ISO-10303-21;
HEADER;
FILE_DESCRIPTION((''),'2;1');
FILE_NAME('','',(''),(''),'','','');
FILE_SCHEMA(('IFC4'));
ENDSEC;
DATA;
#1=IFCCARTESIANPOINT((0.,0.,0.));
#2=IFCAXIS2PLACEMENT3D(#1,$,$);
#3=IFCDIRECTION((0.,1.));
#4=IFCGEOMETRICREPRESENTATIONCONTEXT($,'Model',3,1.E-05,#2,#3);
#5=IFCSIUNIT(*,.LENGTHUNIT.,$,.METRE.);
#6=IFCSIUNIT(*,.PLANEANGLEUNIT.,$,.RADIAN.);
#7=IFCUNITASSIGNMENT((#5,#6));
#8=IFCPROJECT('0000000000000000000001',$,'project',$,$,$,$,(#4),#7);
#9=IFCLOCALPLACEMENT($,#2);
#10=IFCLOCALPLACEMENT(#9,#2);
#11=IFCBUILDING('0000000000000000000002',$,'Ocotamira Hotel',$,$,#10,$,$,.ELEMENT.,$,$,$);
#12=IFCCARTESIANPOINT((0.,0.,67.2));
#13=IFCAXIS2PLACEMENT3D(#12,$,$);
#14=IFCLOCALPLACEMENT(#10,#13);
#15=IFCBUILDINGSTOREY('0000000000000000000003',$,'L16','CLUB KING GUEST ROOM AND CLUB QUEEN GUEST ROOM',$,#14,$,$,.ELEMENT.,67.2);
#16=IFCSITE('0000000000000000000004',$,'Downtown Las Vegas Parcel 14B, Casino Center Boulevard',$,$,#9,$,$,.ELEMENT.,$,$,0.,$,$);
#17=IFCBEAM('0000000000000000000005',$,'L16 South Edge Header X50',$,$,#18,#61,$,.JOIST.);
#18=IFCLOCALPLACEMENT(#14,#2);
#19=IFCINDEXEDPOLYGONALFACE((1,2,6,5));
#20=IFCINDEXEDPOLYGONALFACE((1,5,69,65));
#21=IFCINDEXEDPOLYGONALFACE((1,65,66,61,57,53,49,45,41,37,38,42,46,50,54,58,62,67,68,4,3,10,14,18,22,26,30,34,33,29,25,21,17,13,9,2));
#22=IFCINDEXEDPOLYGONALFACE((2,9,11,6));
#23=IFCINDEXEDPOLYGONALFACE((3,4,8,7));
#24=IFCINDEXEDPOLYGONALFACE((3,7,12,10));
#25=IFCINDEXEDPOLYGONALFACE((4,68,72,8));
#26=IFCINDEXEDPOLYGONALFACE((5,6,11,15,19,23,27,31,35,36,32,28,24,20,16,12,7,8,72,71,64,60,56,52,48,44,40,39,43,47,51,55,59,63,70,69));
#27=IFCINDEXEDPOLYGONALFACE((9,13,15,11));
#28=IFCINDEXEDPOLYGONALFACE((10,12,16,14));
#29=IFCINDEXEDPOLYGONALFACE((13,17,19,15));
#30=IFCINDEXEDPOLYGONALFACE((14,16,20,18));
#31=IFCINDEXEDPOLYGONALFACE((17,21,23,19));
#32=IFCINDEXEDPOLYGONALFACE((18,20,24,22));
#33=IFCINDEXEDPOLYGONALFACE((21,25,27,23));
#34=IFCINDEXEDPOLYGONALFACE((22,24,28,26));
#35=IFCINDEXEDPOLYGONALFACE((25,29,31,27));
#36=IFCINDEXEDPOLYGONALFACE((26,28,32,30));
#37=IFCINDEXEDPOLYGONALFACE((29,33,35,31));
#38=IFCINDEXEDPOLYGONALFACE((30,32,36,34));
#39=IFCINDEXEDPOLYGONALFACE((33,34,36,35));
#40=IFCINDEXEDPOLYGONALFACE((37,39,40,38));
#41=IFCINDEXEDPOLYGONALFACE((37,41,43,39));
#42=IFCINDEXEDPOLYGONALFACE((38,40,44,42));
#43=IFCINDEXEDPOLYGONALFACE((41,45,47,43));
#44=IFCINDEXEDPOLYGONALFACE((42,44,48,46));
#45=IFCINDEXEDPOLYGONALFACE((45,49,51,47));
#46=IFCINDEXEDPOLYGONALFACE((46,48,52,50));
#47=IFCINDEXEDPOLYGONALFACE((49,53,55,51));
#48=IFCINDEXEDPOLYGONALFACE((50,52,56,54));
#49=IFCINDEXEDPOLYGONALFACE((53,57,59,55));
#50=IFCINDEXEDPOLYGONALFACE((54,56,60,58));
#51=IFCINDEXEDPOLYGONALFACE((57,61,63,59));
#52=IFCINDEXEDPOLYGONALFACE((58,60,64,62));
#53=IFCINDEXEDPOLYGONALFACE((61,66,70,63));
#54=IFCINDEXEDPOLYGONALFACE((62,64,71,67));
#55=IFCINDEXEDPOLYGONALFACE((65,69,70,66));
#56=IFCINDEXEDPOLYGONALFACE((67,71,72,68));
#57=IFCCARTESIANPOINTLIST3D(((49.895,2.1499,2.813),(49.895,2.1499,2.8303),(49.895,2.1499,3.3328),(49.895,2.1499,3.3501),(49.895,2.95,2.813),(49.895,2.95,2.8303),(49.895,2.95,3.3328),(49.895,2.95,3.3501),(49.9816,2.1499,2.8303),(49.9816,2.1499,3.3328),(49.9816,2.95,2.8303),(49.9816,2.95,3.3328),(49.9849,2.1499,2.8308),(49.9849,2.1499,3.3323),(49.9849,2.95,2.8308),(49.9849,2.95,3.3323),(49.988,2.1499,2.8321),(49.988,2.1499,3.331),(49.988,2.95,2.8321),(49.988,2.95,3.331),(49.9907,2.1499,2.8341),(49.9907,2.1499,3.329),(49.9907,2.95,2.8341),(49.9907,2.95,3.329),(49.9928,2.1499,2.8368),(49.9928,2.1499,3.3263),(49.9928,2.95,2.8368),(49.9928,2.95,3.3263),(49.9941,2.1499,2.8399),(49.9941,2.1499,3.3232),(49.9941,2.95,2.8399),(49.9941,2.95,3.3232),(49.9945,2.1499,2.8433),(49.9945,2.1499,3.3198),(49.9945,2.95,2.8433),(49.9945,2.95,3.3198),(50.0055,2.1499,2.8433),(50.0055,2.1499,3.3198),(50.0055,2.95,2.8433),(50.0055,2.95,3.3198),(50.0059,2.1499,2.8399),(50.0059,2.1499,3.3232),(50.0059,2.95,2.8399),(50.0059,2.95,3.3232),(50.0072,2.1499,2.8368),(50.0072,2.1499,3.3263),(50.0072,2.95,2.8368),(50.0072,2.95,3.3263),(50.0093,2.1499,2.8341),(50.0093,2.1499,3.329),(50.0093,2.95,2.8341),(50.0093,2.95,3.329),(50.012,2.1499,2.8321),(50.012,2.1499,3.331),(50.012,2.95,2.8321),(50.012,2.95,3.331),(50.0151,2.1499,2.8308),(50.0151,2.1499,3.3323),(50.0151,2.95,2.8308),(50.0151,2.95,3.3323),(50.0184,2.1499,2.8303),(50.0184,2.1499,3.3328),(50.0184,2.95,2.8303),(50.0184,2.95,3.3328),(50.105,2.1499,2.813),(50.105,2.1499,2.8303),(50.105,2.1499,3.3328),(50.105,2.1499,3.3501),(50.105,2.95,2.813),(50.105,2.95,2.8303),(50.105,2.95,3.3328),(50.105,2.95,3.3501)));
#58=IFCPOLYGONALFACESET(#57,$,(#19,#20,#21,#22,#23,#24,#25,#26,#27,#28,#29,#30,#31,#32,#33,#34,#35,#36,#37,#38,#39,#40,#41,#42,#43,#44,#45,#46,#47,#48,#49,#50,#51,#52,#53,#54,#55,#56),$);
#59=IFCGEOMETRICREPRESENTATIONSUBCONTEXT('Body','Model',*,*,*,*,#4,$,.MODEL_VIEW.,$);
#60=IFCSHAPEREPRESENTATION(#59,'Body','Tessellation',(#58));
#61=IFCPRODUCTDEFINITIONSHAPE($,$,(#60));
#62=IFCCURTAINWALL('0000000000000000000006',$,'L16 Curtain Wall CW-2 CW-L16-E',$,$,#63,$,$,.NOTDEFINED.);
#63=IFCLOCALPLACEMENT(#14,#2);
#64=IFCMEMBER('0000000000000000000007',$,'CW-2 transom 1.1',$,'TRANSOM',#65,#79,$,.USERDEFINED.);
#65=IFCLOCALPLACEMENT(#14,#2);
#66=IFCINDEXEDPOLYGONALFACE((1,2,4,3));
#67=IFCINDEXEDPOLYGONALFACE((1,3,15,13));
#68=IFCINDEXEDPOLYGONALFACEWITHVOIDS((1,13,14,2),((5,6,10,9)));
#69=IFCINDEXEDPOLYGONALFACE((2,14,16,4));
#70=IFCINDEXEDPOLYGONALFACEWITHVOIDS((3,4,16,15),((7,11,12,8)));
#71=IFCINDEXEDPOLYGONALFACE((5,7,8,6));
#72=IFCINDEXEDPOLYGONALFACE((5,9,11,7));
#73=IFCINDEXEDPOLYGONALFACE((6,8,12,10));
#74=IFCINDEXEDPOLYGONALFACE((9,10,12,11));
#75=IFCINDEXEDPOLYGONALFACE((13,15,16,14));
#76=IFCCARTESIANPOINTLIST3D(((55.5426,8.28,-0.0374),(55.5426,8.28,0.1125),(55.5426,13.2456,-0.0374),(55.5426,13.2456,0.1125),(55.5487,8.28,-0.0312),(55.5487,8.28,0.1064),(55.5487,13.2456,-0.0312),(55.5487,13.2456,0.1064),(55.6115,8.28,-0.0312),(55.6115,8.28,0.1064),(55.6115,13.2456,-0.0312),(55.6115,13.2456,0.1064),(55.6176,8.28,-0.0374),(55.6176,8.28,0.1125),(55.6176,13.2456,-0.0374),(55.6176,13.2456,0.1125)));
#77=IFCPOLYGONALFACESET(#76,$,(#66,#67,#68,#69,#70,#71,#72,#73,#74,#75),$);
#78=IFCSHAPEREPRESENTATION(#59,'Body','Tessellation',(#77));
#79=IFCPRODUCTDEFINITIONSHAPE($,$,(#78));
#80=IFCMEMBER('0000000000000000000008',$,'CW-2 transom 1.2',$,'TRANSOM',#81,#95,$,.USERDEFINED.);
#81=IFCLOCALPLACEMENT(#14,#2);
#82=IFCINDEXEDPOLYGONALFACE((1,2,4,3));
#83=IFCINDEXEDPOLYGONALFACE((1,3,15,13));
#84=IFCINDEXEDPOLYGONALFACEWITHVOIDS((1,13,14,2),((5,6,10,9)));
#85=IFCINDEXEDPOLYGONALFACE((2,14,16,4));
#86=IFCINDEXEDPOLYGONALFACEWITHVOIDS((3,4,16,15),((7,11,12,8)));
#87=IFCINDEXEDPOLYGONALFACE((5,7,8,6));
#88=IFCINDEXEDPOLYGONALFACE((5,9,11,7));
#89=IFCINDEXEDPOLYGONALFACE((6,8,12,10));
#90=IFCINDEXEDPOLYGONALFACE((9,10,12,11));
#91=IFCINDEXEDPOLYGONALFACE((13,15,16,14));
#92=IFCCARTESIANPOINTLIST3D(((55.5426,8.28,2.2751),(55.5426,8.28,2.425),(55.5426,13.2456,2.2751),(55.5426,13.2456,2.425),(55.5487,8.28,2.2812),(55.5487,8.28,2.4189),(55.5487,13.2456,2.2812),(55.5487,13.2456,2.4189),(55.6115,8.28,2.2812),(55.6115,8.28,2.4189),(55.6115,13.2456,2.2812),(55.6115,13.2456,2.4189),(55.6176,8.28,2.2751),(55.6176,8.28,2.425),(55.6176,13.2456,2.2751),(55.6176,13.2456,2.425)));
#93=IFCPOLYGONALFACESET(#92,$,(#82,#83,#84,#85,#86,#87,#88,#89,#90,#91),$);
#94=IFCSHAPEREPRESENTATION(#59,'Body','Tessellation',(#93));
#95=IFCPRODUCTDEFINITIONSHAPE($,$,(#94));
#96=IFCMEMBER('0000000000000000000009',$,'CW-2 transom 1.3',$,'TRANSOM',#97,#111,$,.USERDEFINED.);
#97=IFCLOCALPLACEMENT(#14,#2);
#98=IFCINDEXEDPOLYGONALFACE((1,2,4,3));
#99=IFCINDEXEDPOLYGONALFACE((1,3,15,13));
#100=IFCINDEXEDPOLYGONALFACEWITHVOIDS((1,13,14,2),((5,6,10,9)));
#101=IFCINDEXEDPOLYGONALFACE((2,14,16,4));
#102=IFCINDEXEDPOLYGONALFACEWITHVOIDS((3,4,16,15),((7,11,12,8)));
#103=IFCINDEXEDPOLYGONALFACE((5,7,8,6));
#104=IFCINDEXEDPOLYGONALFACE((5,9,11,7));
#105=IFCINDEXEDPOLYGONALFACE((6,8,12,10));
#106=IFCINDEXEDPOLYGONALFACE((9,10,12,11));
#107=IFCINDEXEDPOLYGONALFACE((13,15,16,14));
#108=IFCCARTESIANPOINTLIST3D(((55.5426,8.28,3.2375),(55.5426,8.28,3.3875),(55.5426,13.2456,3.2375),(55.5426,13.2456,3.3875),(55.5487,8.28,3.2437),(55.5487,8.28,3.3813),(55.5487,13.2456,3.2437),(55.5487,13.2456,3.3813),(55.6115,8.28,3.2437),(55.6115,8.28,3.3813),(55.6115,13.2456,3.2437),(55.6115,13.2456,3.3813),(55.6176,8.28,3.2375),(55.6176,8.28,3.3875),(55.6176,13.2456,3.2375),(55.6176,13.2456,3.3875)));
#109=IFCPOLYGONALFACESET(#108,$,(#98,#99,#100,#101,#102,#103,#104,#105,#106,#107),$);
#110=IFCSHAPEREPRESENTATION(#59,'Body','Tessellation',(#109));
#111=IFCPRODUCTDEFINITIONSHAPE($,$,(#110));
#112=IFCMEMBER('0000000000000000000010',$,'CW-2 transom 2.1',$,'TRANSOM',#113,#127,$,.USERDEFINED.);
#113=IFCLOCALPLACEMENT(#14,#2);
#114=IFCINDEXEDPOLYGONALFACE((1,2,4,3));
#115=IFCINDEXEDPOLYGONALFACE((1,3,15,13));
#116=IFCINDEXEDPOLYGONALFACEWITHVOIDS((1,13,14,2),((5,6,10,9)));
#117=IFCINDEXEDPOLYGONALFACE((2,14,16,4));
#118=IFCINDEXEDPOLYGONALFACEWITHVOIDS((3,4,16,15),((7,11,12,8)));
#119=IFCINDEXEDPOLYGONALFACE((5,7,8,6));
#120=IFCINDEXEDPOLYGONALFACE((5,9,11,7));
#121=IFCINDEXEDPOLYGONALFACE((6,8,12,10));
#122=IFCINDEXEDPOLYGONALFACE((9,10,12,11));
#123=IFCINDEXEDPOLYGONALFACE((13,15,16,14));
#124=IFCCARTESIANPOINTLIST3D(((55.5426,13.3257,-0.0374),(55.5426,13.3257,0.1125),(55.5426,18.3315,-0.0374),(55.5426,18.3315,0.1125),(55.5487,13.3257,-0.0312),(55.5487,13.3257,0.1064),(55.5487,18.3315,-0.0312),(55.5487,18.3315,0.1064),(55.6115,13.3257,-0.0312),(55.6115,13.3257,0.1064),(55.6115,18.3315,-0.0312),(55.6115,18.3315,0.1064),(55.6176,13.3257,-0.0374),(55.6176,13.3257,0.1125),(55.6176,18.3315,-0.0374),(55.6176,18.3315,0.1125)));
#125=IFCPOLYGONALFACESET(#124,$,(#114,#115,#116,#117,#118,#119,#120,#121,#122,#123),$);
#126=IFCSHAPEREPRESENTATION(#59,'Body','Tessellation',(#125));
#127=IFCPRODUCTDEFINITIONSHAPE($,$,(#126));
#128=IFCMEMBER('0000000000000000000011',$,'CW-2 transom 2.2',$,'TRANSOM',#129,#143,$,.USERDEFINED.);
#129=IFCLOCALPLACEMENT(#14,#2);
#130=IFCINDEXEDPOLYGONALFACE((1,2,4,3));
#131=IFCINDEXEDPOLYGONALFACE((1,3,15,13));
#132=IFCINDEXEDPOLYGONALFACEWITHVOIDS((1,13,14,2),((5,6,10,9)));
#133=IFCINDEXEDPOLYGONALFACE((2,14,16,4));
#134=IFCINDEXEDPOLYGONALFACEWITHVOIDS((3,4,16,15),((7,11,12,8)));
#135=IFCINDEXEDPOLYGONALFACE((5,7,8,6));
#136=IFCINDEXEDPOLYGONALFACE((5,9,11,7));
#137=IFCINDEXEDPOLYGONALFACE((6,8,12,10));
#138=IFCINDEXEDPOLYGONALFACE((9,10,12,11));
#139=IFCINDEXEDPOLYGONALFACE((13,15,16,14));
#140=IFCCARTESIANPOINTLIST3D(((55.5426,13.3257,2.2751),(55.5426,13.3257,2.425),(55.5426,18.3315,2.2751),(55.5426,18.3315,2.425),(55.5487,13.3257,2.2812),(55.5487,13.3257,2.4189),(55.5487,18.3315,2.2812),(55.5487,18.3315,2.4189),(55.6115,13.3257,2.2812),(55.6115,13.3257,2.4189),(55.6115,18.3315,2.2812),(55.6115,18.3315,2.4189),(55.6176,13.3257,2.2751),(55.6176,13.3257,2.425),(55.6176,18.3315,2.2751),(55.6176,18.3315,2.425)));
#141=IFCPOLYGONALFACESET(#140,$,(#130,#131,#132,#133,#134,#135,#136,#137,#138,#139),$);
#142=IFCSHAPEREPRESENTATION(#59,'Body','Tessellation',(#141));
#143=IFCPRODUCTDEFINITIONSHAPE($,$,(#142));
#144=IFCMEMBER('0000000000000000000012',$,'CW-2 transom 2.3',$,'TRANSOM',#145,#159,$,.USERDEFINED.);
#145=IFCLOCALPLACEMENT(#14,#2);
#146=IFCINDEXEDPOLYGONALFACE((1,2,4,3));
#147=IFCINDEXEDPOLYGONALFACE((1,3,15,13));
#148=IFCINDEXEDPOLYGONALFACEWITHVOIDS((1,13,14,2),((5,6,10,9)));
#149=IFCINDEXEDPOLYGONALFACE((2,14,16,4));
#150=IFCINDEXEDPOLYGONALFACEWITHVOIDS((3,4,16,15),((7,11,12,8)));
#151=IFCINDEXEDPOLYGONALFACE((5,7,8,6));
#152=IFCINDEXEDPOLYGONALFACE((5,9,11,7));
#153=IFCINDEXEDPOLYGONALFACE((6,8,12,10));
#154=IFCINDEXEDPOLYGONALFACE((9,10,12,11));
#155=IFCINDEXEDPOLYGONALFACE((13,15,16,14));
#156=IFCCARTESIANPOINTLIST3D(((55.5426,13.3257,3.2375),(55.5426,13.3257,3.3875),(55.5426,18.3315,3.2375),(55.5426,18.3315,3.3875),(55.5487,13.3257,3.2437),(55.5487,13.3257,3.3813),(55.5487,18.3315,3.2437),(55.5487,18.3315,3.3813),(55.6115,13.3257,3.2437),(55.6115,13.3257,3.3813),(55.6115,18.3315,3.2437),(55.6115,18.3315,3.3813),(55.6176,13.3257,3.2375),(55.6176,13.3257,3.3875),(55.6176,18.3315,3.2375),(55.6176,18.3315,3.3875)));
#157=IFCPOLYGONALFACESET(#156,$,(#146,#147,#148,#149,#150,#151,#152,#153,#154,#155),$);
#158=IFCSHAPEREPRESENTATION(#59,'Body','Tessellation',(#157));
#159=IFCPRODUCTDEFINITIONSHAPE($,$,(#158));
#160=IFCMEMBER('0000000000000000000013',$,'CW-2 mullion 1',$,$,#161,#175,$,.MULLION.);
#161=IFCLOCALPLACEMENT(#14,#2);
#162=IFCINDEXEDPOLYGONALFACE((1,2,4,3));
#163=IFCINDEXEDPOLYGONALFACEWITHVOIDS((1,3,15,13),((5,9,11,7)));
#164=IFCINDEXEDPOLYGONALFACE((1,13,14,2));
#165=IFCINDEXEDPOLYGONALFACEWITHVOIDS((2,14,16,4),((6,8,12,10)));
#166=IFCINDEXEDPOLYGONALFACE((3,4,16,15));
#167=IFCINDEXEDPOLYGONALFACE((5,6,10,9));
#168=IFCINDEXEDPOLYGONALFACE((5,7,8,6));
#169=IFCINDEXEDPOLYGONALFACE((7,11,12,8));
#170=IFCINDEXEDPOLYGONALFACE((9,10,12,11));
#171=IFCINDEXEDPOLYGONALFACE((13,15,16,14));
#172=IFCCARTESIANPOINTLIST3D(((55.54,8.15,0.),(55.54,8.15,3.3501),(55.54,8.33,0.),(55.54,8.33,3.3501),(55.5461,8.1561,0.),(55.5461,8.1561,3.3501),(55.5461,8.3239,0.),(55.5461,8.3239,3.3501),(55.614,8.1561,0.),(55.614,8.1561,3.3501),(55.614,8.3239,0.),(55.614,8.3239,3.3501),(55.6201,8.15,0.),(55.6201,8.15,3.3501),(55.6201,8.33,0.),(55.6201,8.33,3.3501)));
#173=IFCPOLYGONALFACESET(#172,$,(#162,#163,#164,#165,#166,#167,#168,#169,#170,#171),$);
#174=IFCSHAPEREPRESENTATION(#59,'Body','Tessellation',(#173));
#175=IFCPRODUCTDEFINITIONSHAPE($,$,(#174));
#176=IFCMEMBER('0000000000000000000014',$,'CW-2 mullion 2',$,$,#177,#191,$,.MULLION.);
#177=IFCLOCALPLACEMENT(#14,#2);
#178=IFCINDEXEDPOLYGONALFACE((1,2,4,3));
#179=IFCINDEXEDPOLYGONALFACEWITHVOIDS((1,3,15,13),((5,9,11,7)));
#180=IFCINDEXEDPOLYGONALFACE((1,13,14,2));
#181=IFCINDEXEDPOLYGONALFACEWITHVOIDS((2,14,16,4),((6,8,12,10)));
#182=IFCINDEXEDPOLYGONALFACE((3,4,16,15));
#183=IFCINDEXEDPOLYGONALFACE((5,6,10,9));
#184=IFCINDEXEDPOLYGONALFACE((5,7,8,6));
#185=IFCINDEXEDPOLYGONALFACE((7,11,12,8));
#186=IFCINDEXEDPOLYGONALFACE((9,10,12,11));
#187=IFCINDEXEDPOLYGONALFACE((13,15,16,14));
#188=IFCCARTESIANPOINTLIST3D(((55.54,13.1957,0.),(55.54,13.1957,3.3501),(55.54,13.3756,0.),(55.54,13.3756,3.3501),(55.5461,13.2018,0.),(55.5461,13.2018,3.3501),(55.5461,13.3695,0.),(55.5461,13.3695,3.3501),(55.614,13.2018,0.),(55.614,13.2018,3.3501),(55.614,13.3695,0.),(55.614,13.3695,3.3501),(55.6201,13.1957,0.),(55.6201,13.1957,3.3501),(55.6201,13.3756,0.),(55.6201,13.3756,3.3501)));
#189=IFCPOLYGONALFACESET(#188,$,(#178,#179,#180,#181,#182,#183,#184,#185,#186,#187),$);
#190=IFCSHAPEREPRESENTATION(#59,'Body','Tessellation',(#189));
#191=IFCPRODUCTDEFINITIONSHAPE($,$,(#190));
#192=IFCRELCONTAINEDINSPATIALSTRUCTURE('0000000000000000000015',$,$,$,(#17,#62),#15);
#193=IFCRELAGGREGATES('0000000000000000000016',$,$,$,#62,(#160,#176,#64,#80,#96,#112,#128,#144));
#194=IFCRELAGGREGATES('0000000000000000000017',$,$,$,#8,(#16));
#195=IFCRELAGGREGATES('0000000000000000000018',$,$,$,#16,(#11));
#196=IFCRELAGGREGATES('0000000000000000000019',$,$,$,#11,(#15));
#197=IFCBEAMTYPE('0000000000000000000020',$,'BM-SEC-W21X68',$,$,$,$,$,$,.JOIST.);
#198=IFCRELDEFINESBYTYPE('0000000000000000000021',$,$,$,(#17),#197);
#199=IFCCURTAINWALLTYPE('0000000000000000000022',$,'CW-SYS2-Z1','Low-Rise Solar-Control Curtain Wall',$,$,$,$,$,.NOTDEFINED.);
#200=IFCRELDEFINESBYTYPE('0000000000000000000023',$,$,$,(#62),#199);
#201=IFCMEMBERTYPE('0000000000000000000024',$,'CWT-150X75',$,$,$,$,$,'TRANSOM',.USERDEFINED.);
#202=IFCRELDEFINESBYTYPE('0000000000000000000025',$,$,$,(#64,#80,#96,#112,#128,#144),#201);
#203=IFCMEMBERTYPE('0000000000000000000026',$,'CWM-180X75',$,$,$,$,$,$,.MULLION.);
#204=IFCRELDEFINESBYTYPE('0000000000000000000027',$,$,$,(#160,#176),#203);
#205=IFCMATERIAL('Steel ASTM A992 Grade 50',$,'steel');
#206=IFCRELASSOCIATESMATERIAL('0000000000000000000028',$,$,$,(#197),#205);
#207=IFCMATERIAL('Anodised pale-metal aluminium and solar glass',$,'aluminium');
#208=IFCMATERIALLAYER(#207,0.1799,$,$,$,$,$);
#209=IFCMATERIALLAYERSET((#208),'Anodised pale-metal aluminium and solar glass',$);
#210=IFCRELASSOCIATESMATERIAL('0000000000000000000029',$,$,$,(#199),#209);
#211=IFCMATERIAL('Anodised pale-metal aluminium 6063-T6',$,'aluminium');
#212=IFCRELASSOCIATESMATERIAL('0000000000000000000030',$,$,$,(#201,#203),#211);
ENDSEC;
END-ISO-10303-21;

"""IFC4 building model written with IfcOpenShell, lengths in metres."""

from ifc_helpers import new_model, si_unit, direction, frame, origin, origin_2d, place, context, subcontext, project, spatial, hollow_rectangle, i_section, extrude, source, transform, mapped, material, layer, layer_set, material_profile, profile_set, type_object, element, aggregate, save


model = new_model("IFC4")

# Units and contexts
model_context = context("Model", 3, precision=1e-05, world=origin(), true_north=direction((0.0, 1.0)))
body_context = subcontext(model_context, "Body", "Model", "MODEL_VIEW")
ifc_project = project(units=[si_unit("LENGTHUNIT", "METRE"), si_unit("PLANEANGLEUNIT", "RADIAN")], contexts=[model_context])

# Site, building, storey
site_placement = place(None, origin())
site = spatial("IfcSite", under=ifc_project, at=site_placement, Name="Downtown Las Vegas Parcel 14B, Casino Center Boulevard", CompositionType="ELEMENT", RefElevation=0.0)
building_placement = place(site_placement, origin())
building = spatial("IfcBuilding", under=site, at=building_placement, Name="Ocotamira Hotel", CompositionType="ELEMENT")
storey_placement = place(building_placement, frame((0.0, 0.0, 67.2)))
storey = spatial("IfcBuildingStorey", under=building, at=storey_placement, Name="L16", Description="CLUB KING GUEST ROOM AND CLUB QUEEN GUEST ROOM", CompositionType="ELEMENT", Elevation=67.2)

# Beam
ifc_material_1 = material(Name="Steel ASTM A992 Grade 50", Category="steel")
ifc_material_profile_1 = material_profile(ifc_material_1, i_section(OverallWidth=0.21, OverallDepth=0.5371, WebThickness=0.011, FlangeThickness=0.0173, FilletRadius=0.0129, at=origin_2d()), Name="W21X68")
ifc_profile_set_1 = profile_set([ifc_material_profile_1], Name="Steel ASTM A992 Grade 50")
beam_type = type_object("IfcBeamType", Name="BM-SEC-W21X68", PredefinedType="JOIST", material=ifc_profile_set_1)
shared_shape_1 = source(origin(), body_context, "Body", "SweptSolid", [
    extrude(i_section(OverallWidth=0.21, OverallDepth=0.5371, WebThickness=0.011, FlangeThickness=0.0173, FilletRadius=0.0129, at=origin_2d()), origin(), (0.0, 0.0, 1.0), 0.8),
])
beam_placement = place(storey_placement, frame((50.0, 2.95, 3.0815), z_axis=(0.0, -1.0, 0.0), x_axis=(1.0, 0.0, 0.0)))
element("IfcBeam", 1, at=beam_placement, inside=storey, type_object=beam_type, Name="L16 South Edge Header X50", PredefinedType="JOIST", context=body_context, shape_type="MappedRepresentation", body=[
    mapped(shared_shape_1, transform((0.0, 0.0, 0.0), scale=1.0)),
])

# Curtain wall, members
ifc_material_2 = material(Name="Anodised pale-metal aluminium and solar glass", Category="aluminium")
ifc_layer_1 = layer(ifc_material_2, 0.1799)
ifc_layer_set_1 = layer_set([ifc_layer_1], Name="Anodised pale-metal aluminium and solar glass")
curtain_wall_type = type_object("IfcCurtainWallType", Name="CW-SYS2-Z1", Description="Low-Rise Solar-Control Curtain Wall", PredefinedType="NOTDEFINED", material=ifc_layer_set_1)
curtain_wall_placement = place(storey_placement, origin())
curtain_wall = element("IfcCurtainWall", 2, at=curtain_wall_placement, inside=storey, type_object=curtain_wall_type, Name="L16 Curtain Wall CW-2 CW-L16-E", PredefinedType="NOTDEFINED")
ifc_material_3 = material(Name="Anodised pale-metal aluminium 6063-T6", Category="aluminium")
ifc_material_profile_2 = material_profile(ifc_material_3, hollow_rectangle(XDim=0.075, YDim=0.1499, WallThickness=0.0061, at=origin_2d()), Name="HSS150X75X6")
ifc_profile_set_2 = profile_set([ifc_material_profile_2], Name="Anodised pale-metal aluminium 6063-T6")
member_type_1 = type_object("IfcMemberType", Name="CWT-150X75", ElementType="TRANSOM", PredefinedType="USERDEFINED", material=ifc_profile_set_2)
shared_shape_2 = source(origin(), body_context, "Body", "SweptSolid", [
    extrude(hollow_rectangle(XDim=0.075, YDim=0.1499, WallThickness=0.0061, at=origin_2d()), origin(), (0.0, 0.0, 1.0), 4.9656),
])
member_1_placement = place(storey_placement, frame((55.5801, 8.28, 0.0376), z_axis=(0.0, 1.0, 0.0), x_axis=(-1.0, 0.0, 0.0)))
member_1 = element("IfcMember", 3, at=member_1_placement, type_object=member_type_1, Name="CW-2 transom 1.1", ObjectType="TRANSOM", PredefinedType="USERDEFINED", context=body_context, shape_type="MappedRepresentation", body=[
    mapped(shared_shape_2, transform((0.0, 0.0, 0.0), scale=1.0)),
])
member_2_placement = place(storey_placement, frame((55.5801, 8.28, 2.3501), z_axis=(0.0, 1.0, 0.0), x_axis=(-1.0, 0.0, 0.0)))
member_2 = element("IfcMember", 4, at=member_2_placement, type_object=member_type_1, Name="CW-2 transom 1.2", ObjectType="TRANSOM", PredefinedType="USERDEFINED", context=body_context, shape_type="MappedRepresentation", body=[
    mapped(shared_shape_2, transform((0.0, 0.0, 0.0), scale=1.0)),
])
member_3_placement = place(storey_placement, frame((55.5801, 8.28, 3.3125), z_axis=(0.0, 1.0, 0.0), x_axis=(-1.0, 0.0, 0.0)))
member_3 = element("IfcMember", 5, at=member_3_placement, type_object=member_type_1, Name="CW-2 transom 1.3", ObjectType="TRANSOM", PredefinedType="USERDEFINED", context=body_context, shape_type="MappedRepresentation", body=[
    mapped(shared_shape_2, transform((0.0, 0.0, 0.0), scale=1.0)),
])
shared_shape_3 = source(origin(), body_context, "Body", "SweptSolid", [
    extrude(hollow_rectangle(XDim=0.075, YDim=0.1499, WallThickness=0.0061, at=origin_2d()), origin(), (0.0, 0.0, 1.0), 5.0059),
])
member_4_placement = place(storey_placement, frame((55.5801, 13.3257, 0.0376), z_axis=(0.0, 1.0, 0.0), x_axis=(-1.0, 0.0, 0.0)))
member_4 = element("IfcMember", 6, at=member_4_placement, type_object=member_type_1, Name="CW-2 transom 2.1", ObjectType="TRANSOM", PredefinedType="USERDEFINED", context=body_context, shape_type="MappedRepresentation", body=[
    mapped(shared_shape_3, transform((0.0, 0.0, 0.0), scale=1.0)),
])
member_5_placement = place(storey_placement, frame((55.5801, 13.3257, 2.3501), z_axis=(0.0, 1.0, 0.0), x_axis=(-1.0, 0.0, 0.0)))
member_5 = element("IfcMember", 7, at=member_5_placement, type_object=member_type_1, Name="CW-2 transom 2.2", ObjectType="TRANSOM", PredefinedType="USERDEFINED", context=body_context, shape_type="MappedRepresentation", body=[
    mapped(shared_shape_3, transform((0.0, 0.0, 0.0), scale=1.0)),
])
member_6_placement = place(storey_placement, frame((55.5801, 13.3257, 3.3125), z_axis=(0.0, 1.0, 0.0), x_axis=(-1.0, 0.0, 0.0)))
member_6 = element("IfcMember", 8, at=member_6_placement, type_object=member_type_1, Name="CW-2 transom 2.3", ObjectType="TRANSOM", PredefinedType="USERDEFINED", context=body_context, shape_type="MappedRepresentation", body=[
    mapped(shared_shape_3, transform((0.0, 0.0, 0.0), scale=1.0)),
])
ifc_material_profile_3 = material_profile(ifc_material_3, hollow_rectangle(XDim=0.0801, YDim=0.1799, WallThickness=0.0061, at=origin_2d()), Name="HSS180X80X6")
ifc_profile_set_3 = profile_set([ifc_material_profile_3], Name="Anodised pale-metal aluminium 6063-T6")
member_type_2 = type_object("IfcMemberType", Name="CWM-180X75", PredefinedType="MULLION", material=ifc_profile_set_3)
shared_shape_4 = source(origin(), body_context, "Body", "SweptSolid", [
    extrude(hollow_rectangle(XDim=0.0801, YDim=0.1799, WallThickness=0.0061, at=origin_2d()), origin(), (0.0, 0.0, 1.0), 3.3501),
])
member_7_placement = place(storey_placement, frame((55.5801, 8.24, 0.0), z_axis=(0.0, 0.0, 1.0), x_axis=(-1.0, 0.0, 0.0)))
member_7 = element("IfcMember", 9, at=member_7_placement, type_object=member_type_2, Name="CW-2 mullion 1", PredefinedType="MULLION", context=body_context, shape_type="MappedRepresentation", body=[
    mapped(shared_shape_4, transform((0.0, 0.0, 0.0), scale=1.0)),
])
member_8_placement = place(storey_placement, frame((55.5801, 13.2856, 0.0), z_axis=(0.0, 0.0, 1.0), x_axis=(-1.0, 0.0, 0.0)))
member_8 = element("IfcMember", 10, at=member_8_placement, type_object=member_type_2, Name="CW-2 mullion 2", PredefinedType="MULLION", context=body_context, shape_type="MappedRepresentation", body=[
    mapped(shared_shape_4, transform((0.0, 0.0, 0.0), scale=1.0)),
])
aggregate(curtain_wall, [member_7, member_8, member_1, member_2, member_3, member_4, member_5, member_6])

save(model, "model.ifc")
